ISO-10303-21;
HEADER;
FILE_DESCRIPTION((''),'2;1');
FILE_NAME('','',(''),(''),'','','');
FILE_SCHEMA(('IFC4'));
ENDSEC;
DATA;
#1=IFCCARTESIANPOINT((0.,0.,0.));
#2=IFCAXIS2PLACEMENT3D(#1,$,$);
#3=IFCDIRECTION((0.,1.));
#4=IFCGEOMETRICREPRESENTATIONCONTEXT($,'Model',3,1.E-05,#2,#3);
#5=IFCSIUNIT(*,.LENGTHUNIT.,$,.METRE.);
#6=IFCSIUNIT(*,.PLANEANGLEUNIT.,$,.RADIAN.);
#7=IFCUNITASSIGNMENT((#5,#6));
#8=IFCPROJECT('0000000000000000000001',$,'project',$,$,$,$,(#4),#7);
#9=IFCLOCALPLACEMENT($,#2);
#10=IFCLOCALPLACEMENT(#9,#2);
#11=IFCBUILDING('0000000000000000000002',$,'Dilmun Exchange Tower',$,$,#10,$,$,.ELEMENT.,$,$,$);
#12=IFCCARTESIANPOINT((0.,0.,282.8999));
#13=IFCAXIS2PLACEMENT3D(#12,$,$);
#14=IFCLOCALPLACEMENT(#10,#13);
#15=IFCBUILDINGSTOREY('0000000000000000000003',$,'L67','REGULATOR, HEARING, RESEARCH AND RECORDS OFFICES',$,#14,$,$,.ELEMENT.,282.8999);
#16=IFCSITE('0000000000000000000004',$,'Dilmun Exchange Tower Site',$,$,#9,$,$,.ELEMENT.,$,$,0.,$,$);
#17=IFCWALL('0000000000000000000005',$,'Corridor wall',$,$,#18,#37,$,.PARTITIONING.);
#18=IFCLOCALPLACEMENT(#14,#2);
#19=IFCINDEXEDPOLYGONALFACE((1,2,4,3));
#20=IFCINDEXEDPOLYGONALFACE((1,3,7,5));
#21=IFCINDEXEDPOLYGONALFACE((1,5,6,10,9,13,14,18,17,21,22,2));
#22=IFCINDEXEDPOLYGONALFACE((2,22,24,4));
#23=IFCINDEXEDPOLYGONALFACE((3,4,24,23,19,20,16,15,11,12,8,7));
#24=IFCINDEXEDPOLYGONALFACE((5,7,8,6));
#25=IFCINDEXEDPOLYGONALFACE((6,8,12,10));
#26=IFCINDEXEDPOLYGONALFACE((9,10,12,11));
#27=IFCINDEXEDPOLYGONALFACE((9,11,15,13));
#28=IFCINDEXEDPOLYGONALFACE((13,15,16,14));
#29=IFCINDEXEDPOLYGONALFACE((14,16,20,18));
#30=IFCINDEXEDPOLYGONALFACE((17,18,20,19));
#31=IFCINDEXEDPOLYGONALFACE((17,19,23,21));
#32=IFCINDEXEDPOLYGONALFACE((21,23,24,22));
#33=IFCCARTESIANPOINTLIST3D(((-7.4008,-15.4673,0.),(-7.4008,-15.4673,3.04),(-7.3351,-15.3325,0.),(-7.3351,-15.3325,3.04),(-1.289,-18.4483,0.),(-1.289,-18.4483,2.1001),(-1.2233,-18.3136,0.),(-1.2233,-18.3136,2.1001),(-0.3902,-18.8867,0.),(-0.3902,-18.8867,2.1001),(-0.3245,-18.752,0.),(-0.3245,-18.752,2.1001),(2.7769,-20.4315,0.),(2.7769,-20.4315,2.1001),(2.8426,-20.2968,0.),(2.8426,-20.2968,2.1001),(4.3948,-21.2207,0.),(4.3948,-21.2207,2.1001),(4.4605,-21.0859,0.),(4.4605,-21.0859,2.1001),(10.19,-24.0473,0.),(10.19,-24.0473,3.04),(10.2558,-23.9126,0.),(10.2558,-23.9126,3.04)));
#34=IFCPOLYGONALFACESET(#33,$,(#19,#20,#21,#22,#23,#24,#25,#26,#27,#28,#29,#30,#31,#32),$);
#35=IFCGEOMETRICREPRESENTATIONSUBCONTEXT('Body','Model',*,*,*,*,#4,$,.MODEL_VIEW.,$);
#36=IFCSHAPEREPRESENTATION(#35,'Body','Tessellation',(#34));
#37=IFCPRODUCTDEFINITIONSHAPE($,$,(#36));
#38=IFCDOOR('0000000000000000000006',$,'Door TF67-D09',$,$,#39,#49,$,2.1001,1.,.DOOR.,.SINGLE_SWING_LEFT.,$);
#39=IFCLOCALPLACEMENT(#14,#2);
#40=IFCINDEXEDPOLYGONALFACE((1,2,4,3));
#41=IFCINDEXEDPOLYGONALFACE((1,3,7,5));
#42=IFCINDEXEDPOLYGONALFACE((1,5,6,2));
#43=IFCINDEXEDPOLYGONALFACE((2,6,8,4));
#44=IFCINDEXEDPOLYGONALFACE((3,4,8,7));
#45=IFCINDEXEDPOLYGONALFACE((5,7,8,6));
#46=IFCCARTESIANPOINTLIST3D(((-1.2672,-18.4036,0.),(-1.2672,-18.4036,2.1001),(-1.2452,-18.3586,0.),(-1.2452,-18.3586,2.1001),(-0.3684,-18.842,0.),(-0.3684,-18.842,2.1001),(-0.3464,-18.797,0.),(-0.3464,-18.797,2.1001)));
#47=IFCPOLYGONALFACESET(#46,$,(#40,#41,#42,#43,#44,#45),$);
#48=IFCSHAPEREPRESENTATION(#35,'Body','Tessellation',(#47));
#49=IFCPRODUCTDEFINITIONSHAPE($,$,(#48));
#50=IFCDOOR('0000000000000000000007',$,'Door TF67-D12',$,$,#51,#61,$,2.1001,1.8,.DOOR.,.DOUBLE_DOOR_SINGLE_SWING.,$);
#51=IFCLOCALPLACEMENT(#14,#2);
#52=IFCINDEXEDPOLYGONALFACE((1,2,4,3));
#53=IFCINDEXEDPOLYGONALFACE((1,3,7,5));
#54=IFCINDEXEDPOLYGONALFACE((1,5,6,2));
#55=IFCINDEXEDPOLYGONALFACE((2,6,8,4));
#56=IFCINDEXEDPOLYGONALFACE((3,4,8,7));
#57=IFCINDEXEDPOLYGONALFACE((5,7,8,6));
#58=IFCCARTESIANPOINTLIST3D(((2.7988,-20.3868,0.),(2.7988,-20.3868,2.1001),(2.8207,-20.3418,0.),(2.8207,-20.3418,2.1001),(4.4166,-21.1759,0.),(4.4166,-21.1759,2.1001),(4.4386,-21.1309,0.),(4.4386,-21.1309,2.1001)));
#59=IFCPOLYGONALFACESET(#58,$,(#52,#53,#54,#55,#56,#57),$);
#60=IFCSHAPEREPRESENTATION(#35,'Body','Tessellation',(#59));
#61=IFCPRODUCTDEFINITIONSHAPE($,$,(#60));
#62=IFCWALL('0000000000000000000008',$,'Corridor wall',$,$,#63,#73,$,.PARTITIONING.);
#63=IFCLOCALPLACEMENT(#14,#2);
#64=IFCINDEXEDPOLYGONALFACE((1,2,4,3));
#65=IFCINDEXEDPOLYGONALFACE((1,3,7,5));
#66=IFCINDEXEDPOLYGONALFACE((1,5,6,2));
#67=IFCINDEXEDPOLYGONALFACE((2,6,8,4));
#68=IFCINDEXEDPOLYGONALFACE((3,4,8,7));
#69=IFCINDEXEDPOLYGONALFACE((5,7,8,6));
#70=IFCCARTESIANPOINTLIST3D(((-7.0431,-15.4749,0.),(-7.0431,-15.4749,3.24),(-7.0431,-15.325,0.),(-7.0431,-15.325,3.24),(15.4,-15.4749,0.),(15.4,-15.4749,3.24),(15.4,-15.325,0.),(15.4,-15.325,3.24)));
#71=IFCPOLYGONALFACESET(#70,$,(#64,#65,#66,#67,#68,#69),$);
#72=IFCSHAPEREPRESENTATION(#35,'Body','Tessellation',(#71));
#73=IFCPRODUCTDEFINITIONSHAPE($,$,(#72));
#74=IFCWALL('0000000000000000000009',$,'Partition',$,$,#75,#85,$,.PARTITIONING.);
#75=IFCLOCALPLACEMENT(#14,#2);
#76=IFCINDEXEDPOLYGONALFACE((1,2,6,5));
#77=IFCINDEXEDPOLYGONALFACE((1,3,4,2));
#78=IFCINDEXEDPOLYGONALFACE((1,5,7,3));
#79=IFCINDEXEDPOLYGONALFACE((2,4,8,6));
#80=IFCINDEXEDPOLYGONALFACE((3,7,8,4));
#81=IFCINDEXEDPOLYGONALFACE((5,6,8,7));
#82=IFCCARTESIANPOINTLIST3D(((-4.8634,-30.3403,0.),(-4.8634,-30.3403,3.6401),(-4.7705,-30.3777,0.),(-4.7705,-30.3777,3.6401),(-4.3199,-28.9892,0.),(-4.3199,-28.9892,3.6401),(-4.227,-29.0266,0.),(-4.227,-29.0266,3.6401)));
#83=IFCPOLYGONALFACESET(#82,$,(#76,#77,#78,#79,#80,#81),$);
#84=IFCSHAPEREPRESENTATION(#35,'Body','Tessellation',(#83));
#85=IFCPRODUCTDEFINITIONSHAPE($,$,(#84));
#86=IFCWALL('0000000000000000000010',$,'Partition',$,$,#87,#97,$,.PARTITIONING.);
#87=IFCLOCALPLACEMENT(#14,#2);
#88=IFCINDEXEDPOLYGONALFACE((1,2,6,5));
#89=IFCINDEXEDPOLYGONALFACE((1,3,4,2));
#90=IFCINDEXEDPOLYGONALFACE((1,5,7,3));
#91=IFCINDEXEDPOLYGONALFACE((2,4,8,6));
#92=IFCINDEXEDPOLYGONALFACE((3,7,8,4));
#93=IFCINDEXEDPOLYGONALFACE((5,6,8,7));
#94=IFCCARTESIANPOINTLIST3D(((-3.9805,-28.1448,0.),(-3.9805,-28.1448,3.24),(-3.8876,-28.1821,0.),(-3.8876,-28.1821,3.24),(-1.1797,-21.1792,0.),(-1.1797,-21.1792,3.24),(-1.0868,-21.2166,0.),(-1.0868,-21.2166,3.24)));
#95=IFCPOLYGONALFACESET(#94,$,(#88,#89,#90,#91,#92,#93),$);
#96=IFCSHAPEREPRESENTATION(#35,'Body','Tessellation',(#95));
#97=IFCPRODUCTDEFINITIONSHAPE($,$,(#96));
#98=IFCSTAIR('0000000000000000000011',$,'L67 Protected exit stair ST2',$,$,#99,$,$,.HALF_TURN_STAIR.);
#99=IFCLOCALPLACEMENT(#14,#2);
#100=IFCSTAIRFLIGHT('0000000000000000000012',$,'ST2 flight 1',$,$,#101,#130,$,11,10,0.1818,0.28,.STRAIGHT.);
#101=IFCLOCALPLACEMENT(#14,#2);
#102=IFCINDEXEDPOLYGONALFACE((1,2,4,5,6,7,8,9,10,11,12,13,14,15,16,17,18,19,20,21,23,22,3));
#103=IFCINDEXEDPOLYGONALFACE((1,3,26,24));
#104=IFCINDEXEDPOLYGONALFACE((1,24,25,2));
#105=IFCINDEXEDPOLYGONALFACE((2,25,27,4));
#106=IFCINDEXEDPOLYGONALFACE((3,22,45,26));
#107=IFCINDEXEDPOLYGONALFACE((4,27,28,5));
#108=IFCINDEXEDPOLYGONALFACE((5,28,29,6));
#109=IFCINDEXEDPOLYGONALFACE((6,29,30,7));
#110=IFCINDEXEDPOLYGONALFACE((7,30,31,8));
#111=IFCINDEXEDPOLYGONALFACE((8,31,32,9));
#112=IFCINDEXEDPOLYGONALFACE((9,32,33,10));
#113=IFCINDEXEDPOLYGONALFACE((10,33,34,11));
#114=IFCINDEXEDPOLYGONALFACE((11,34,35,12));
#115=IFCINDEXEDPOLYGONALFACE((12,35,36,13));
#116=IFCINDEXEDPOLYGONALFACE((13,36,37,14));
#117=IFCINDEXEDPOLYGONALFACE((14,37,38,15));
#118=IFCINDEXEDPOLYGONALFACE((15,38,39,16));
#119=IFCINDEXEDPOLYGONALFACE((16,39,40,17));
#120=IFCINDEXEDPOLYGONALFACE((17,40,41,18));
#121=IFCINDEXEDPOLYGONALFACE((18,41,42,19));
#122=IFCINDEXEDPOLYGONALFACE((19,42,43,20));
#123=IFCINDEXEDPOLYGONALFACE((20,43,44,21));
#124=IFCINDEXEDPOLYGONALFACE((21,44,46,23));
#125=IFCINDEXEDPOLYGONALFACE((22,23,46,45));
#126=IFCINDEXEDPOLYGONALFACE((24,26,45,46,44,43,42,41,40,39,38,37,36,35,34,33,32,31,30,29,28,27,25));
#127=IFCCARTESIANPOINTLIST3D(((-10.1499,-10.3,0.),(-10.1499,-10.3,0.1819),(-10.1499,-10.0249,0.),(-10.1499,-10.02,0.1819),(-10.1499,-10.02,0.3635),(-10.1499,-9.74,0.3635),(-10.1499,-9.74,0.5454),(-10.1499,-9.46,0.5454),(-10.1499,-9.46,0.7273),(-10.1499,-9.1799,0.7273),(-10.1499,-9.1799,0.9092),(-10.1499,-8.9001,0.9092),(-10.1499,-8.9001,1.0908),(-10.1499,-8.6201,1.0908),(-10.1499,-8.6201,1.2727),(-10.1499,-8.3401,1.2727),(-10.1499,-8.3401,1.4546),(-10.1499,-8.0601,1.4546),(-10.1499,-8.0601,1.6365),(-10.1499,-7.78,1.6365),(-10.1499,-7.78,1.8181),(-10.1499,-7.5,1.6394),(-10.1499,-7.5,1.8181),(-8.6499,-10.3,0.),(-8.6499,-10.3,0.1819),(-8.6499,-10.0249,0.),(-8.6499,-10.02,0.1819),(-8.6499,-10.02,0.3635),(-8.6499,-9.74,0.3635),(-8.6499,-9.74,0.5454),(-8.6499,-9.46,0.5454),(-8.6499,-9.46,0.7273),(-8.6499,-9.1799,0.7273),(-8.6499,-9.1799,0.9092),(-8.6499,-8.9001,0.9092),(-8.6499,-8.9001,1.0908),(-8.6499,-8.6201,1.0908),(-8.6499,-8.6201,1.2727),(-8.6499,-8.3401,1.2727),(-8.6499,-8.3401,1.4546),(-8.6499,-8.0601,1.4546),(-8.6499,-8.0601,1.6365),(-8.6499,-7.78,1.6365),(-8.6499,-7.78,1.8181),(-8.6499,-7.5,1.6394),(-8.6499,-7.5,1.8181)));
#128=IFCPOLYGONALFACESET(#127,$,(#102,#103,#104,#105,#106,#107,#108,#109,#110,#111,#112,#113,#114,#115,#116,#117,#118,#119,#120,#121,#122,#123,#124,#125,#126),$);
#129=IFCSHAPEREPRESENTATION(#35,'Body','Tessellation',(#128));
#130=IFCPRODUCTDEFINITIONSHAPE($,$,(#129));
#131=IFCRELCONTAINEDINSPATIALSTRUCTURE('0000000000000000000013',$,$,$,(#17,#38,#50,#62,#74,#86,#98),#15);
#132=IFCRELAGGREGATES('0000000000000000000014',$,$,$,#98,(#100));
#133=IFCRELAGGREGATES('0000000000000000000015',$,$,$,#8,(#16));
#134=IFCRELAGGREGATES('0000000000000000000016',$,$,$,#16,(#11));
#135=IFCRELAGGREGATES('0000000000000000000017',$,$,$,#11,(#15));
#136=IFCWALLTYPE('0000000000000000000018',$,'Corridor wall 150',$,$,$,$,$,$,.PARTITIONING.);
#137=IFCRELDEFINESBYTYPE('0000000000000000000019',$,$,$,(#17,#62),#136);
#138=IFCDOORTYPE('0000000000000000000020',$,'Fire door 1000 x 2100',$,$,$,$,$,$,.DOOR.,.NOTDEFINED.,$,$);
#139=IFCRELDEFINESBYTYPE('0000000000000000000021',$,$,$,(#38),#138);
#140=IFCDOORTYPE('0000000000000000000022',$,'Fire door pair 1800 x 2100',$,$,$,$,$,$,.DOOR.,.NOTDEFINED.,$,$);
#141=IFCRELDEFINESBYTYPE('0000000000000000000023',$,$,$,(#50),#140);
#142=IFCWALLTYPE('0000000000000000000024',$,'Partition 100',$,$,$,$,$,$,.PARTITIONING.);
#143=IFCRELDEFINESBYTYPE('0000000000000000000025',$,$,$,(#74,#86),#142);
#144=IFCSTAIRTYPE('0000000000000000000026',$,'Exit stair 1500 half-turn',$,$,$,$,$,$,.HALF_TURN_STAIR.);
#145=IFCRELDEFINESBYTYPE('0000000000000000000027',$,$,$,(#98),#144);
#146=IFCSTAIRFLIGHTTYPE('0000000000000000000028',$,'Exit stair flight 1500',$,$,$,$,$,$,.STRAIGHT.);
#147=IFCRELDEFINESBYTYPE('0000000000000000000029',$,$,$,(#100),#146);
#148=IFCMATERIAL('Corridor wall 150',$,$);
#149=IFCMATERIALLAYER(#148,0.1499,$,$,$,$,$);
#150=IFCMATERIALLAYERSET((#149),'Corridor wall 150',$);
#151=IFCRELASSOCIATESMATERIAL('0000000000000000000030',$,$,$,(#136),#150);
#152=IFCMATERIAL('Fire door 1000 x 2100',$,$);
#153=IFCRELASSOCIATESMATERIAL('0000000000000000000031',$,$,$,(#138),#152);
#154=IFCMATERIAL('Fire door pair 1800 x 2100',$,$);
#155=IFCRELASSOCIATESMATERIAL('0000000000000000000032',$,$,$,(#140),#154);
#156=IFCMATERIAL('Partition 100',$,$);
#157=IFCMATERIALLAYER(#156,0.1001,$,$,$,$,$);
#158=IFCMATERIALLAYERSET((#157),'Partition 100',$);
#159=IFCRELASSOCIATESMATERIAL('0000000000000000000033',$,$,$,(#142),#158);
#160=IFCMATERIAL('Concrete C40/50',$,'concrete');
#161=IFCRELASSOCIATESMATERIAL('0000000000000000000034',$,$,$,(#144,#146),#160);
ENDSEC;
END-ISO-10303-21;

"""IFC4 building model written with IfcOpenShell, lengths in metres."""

from ifc_helpers import new_model, si_unit, direction, frame, frame_2d, origin, place, context, subcontext, project, spatial, polyline, rectangle, outline, extrude, material, layer, layer_set, type_object, element, fill, aggregate, save


model = new_model("IFC4")

# Units and contexts
model_context = context("Model", 3, precision=1e-05, world=origin(), true_north=direction((0.0, 1.0)))
body_context = subcontext(model_context, "Body", "Model", "MODEL_VIEW")
ifc_project = project(units=[si_unit("LENGTHUNIT", "METRE"), si_unit("PLANEANGLEUNIT", "RADIAN")], contexts=[model_context])

# Site, building, storey
site_placement = place(None, origin())
site = spatial("IfcSite", under=ifc_project, at=site_placement, Name="Dilmun Exchange Tower Site", CompositionType="ELEMENT", RefElevation=0.0)
building_placement = place(site_placement, origin())
building = spatial("IfcBuilding", under=site, at=building_placement, Name="Dilmun Exchange Tower", CompositionType="ELEMENT")
storey_placement = place(building_placement, frame((0.0, 0.0, 282.8999)))
storey = spatial("IfcBuildingStorey", under=building, at=storey_placement, Name="L67", Description="REGULATOR, HEARING, RESEARCH AND RECORDS OFFICES", CompositionType="ELEMENT", Elevation=282.8999)

# Shared definitions
ifc_material_1 = material(Name="Concrete C40/50", Category="concrete")

# Wall, openings, doors
ifc_material_2 = material(Name="Corridor wall 150")
ifc_layer_1 = layer(ifc_material_2, 0.1499)
ifc_layer_set_1 = layer_set([ifc_layer_1], Name="Corridor wall 150")
wall_type_1 = type_object("IfcWallType", Name="Corridor wall 150", PredefinedType="PARTITIONING", material=ifc_layer_set_1)
wall_1_placement = place(storey_placement, frame((-7.3679, -15.3999, 0.0), z_axis=(0.0, 0.0, 1.0), x_axis=(0.898785, -0.43839, 0.0)))
wall_1 = element("IfcWall", 1, at=wall_1_placement, inside=storey, type_object=wall_type_1, Name="Corridor wall", PredefinedType="PARTITIONING", context=body_context, shape_type="SweptSolid", body=[
    extrude(rectangle(XDim=19.5718, YDim=0.1499, at=frame_2d((9.7859, 0.0))), origin(), (0.0, 0.0, 1.0), 3.04),
])
opening_1_placement = place(wall_1_placement, frame((6.8, 0.0, 0.0)))
opening_1 = element("IfcOpeningElement", 2, at=opening_1_placement, cuts=wall_1, PredefinedType="OPENING", context=body_context, shape_type="SweptSolid", body=[
    extrude(rectangle(XDim=1.0, YDim=2.1001, at=frame_2d((0.5, 1.05))), frame((0.0, 0.085, 0.0), z_axis=(0.0, -1.0, 0.0), x_axis=(1.0, 0.0, 0.0)), (0.0, 0.0, 1.0), 0.1699),
])
opening_2_placement = place(wall_1_placement, frame((11.324, 0.0, 0.0)))
opening_2 = element("IfcOpeningElement", 3, at=opening_2_placement, cuts=wall_1, PredefinedType="OPENING", context=body_context, shape_type="SweptSolid", body=[
    extrude(rectangle(XDim=1.8, YDim=2.1001, at=frame_2d((0.8999, 1.05))), frame((0.0, 0.085, 0.0), z_axis=(0.0, -1.0, 0.0), x_axis=(1.0, 0.0, 0.0)), (0.0, 0.0, 1.0), 0.1699),
])
ifc_material_3 = material(Name="Fire door 1000 x 2100")
door_type_1 = type_object("IfcDoorType", Name="Fire door 1000 x 2100", OperationType="NOTDEFINED", PredefinedType="DOOR", material=ifc_material_3)
door_1_placement = place(opening_1_placement, origin())
door_1 = element("IfcDoor", 4, at=door_1_placement, inside=storey, type_object=door_type_1, Name="Door TF67-D09", OperationType="SINGLE_SWING_LEFT", OverallHeight=2.1001, OverallWidth=1.0, PredefinedType="DOOR", context=body_context, shape_type="SweptSolid", body=[
    extrude(rectangle(XDim=1.0, YDim=2.1001, at=frame_2d((0.5, 1.05))), frame((0.0, 0.0249, 0.0), z_axis=(0.0, -1.0, 0.0), x_axis=(1.0, 0.0, 0.0)), (0.0, 0.0, 1.0), 0.05),
])
fill(opening_1, door_1)
ifc_material_4 = material(Name="Fire door pair 1800 x 2100")
door_type_2 = type_object("IfcDoorType", Name="Fire door pair 1800 x 2100", OperationType="NOTDEFINED", PredefinedType="DOOR", material=ifc_material_4)
door_2_placement = place(opening_2_placement, origin())
door_2 = element("IfcDoor", 5, at=door_2_placement, inside=storey, type_object=door_type_2, Name="Door TF67-D12", OperationType="DOUBLE_DOOR_SINGLE_SWING", OverallHeight=2.1001, OverallWidth=1.8, PredefinedType="DOOR", context=body_context, shape_type="SweptSolid", body=[
    extrude(rectangle(XDim=1.8, YDim=2.1001, at=frame_2d((0.8999, 1.05))), frame((0.0, 0.0249, 0.0), z_axis=(0.0, -1.0, 0.0), x_axis=(1.0, 0.0, 0.0)), (0.0, 0.0, 1.0), 0.05),
])
fill(opening_2, door_2)

# Walls
wall_2_placement = place(storey_placement, frame((-7.0432, -15.3999, 0.0), z_axis=(0.0, 0.0, 1.0), x_axis=(1.0, 0.0, 0.0)))
element("IfcWall", 6, at=wall_2_placement, inside=storey, type_object=wall_type_1, Name="Corridor wall", PredefinedType="PARTITIONING", context=body_context, shape_type="SweptSolid", body=[
    extrude(rectangle(XDim=22.4431, YDim=0.1499, at=frame_2d((11.2217, 0.0))), origin(), (0.0, 0.0, 1.0), 3.24),
])
ifc_material_5 = material(Name="Partition 100")
ifc_layer_2 = layer(ifc_material_5, 0.1001)
ifc_layer_set_2 = layer_set([ifc_layer_2], Name="Partition 100")
wall_type_2 = type_object("IfcWallType", Name="Partition 100", PredefinedType="PARTITIONING", material=ifc_layer_set_2)
wall_3_placement = place(storey_placement, frame((-4.8169, -30.3589, 0.0), z_axis=(0.0, 0.0, 1.0), x_axis=(0.373182, 0.927758, 0.0)))
element("IfcWall", 7, at=wall_3_placement, inside=storey, type_object=wall_type_2, Name="Partition", PredefinedType="PARTITIONING", context=body_context, shape_type="SweptSolid", body=[
    extrude(rectangle(XDim=1.4563, YDim=0.1001, at=frame_2d((0.728, 0.0))), origin(), (0.0, 0.0, 1.0), 3.6401),
])
wall_4_placement = place(storey_placement, frame((-3.9341, -28.1636, 0.0), z_axis=(0.0, 0.0, 1.0), x_axis=(0.373061, 0.927807, 0.0)))
element("IfcWall", 8, at=wall_4_placement, inside=storey, type_object=wall_type_2, Name="Partition", PredefinedType="PARTITIONING", context=body_context, shape_type="SweptSolid", body=[
    extrude(rectangle(XDim=7.5076, YDim=0.1001, at=frame_2d((3.7539, 0.0))), origin(), (0.0, 0.0, 1.0), 3.24),
])

# Stair, stair flight
stair_type = type_object("IfcStairType", Name="Exit stair 1500 half-turn", PredefinedType="HALF_TURN_STAIR", material=ifc_material_1)
stair_placement = place(storey_placement, origin())
stair = element("IfcStair", 9, at=stair_placement, inside=storey, type_object=stair_type, Name="L67 Protected exit stair ST2", PredefinedType="HALF_TURN_STAIR")
stair_flight_type = type_object("IfcStairFlightType", Name="Exit stair flight 1500", PredefinedType="STRAIGHT", material=ifc_material_1)
stair_flight_placement = place(storey_placement, frame((-9.3999, -10.3, 0.0), z_axis=(0.0, 0.0, 1.0), x_axis=(0.0, 1.0, 0.0)))
stair_flight = element("IfcStairFlight", 10, at=stair_flight_placement, type_object=stair_flight_type, Name="ST2 flight 1", NumberOfRisers=11, NumberOfTreads=10, PredefinedType="STRAIGHT", RiserHeight=0.1818, TreadLength=0.28, context=body_context, shape_type="SweptSolid", body=[
    extrude(outline(polyline([(0.0, 0.0), (0.0, 0.1819), (0.28, 0.1819), (0.28, 0.3635), (0.5601, 0.3635), (0.5601, 0.5454), (0.8401, 0.5454), (0.8401, 0.7273), (1.1201, 0.7273), (1.1201, 0.9092), (1.3999, 0.9092), (1.3999, 1.0908), (1.6799, 1.0908), (1.6799, 1.2727), (1.96, 1.2727), (1.96, 1.4546), (2.24, 1.4546), (2.24, 1.6365), (2.52, 1.6365), (2.52, 1.8181), (2.8, 1.8181), (2.8, 2.0), (2.8, 1.6394), (0.2751, 0.0), (0.0, 0.0)])), frame((0.0, 0.75, 0.0), z_axis=(0.0, -1.0, 0.0), x_axis=(1.0, 0.0, 0.0)), (0.0, 0.0, 1.0), 1.5),
])
aggregate(stair, [stair_flight])

save(model, "model.ifc")
